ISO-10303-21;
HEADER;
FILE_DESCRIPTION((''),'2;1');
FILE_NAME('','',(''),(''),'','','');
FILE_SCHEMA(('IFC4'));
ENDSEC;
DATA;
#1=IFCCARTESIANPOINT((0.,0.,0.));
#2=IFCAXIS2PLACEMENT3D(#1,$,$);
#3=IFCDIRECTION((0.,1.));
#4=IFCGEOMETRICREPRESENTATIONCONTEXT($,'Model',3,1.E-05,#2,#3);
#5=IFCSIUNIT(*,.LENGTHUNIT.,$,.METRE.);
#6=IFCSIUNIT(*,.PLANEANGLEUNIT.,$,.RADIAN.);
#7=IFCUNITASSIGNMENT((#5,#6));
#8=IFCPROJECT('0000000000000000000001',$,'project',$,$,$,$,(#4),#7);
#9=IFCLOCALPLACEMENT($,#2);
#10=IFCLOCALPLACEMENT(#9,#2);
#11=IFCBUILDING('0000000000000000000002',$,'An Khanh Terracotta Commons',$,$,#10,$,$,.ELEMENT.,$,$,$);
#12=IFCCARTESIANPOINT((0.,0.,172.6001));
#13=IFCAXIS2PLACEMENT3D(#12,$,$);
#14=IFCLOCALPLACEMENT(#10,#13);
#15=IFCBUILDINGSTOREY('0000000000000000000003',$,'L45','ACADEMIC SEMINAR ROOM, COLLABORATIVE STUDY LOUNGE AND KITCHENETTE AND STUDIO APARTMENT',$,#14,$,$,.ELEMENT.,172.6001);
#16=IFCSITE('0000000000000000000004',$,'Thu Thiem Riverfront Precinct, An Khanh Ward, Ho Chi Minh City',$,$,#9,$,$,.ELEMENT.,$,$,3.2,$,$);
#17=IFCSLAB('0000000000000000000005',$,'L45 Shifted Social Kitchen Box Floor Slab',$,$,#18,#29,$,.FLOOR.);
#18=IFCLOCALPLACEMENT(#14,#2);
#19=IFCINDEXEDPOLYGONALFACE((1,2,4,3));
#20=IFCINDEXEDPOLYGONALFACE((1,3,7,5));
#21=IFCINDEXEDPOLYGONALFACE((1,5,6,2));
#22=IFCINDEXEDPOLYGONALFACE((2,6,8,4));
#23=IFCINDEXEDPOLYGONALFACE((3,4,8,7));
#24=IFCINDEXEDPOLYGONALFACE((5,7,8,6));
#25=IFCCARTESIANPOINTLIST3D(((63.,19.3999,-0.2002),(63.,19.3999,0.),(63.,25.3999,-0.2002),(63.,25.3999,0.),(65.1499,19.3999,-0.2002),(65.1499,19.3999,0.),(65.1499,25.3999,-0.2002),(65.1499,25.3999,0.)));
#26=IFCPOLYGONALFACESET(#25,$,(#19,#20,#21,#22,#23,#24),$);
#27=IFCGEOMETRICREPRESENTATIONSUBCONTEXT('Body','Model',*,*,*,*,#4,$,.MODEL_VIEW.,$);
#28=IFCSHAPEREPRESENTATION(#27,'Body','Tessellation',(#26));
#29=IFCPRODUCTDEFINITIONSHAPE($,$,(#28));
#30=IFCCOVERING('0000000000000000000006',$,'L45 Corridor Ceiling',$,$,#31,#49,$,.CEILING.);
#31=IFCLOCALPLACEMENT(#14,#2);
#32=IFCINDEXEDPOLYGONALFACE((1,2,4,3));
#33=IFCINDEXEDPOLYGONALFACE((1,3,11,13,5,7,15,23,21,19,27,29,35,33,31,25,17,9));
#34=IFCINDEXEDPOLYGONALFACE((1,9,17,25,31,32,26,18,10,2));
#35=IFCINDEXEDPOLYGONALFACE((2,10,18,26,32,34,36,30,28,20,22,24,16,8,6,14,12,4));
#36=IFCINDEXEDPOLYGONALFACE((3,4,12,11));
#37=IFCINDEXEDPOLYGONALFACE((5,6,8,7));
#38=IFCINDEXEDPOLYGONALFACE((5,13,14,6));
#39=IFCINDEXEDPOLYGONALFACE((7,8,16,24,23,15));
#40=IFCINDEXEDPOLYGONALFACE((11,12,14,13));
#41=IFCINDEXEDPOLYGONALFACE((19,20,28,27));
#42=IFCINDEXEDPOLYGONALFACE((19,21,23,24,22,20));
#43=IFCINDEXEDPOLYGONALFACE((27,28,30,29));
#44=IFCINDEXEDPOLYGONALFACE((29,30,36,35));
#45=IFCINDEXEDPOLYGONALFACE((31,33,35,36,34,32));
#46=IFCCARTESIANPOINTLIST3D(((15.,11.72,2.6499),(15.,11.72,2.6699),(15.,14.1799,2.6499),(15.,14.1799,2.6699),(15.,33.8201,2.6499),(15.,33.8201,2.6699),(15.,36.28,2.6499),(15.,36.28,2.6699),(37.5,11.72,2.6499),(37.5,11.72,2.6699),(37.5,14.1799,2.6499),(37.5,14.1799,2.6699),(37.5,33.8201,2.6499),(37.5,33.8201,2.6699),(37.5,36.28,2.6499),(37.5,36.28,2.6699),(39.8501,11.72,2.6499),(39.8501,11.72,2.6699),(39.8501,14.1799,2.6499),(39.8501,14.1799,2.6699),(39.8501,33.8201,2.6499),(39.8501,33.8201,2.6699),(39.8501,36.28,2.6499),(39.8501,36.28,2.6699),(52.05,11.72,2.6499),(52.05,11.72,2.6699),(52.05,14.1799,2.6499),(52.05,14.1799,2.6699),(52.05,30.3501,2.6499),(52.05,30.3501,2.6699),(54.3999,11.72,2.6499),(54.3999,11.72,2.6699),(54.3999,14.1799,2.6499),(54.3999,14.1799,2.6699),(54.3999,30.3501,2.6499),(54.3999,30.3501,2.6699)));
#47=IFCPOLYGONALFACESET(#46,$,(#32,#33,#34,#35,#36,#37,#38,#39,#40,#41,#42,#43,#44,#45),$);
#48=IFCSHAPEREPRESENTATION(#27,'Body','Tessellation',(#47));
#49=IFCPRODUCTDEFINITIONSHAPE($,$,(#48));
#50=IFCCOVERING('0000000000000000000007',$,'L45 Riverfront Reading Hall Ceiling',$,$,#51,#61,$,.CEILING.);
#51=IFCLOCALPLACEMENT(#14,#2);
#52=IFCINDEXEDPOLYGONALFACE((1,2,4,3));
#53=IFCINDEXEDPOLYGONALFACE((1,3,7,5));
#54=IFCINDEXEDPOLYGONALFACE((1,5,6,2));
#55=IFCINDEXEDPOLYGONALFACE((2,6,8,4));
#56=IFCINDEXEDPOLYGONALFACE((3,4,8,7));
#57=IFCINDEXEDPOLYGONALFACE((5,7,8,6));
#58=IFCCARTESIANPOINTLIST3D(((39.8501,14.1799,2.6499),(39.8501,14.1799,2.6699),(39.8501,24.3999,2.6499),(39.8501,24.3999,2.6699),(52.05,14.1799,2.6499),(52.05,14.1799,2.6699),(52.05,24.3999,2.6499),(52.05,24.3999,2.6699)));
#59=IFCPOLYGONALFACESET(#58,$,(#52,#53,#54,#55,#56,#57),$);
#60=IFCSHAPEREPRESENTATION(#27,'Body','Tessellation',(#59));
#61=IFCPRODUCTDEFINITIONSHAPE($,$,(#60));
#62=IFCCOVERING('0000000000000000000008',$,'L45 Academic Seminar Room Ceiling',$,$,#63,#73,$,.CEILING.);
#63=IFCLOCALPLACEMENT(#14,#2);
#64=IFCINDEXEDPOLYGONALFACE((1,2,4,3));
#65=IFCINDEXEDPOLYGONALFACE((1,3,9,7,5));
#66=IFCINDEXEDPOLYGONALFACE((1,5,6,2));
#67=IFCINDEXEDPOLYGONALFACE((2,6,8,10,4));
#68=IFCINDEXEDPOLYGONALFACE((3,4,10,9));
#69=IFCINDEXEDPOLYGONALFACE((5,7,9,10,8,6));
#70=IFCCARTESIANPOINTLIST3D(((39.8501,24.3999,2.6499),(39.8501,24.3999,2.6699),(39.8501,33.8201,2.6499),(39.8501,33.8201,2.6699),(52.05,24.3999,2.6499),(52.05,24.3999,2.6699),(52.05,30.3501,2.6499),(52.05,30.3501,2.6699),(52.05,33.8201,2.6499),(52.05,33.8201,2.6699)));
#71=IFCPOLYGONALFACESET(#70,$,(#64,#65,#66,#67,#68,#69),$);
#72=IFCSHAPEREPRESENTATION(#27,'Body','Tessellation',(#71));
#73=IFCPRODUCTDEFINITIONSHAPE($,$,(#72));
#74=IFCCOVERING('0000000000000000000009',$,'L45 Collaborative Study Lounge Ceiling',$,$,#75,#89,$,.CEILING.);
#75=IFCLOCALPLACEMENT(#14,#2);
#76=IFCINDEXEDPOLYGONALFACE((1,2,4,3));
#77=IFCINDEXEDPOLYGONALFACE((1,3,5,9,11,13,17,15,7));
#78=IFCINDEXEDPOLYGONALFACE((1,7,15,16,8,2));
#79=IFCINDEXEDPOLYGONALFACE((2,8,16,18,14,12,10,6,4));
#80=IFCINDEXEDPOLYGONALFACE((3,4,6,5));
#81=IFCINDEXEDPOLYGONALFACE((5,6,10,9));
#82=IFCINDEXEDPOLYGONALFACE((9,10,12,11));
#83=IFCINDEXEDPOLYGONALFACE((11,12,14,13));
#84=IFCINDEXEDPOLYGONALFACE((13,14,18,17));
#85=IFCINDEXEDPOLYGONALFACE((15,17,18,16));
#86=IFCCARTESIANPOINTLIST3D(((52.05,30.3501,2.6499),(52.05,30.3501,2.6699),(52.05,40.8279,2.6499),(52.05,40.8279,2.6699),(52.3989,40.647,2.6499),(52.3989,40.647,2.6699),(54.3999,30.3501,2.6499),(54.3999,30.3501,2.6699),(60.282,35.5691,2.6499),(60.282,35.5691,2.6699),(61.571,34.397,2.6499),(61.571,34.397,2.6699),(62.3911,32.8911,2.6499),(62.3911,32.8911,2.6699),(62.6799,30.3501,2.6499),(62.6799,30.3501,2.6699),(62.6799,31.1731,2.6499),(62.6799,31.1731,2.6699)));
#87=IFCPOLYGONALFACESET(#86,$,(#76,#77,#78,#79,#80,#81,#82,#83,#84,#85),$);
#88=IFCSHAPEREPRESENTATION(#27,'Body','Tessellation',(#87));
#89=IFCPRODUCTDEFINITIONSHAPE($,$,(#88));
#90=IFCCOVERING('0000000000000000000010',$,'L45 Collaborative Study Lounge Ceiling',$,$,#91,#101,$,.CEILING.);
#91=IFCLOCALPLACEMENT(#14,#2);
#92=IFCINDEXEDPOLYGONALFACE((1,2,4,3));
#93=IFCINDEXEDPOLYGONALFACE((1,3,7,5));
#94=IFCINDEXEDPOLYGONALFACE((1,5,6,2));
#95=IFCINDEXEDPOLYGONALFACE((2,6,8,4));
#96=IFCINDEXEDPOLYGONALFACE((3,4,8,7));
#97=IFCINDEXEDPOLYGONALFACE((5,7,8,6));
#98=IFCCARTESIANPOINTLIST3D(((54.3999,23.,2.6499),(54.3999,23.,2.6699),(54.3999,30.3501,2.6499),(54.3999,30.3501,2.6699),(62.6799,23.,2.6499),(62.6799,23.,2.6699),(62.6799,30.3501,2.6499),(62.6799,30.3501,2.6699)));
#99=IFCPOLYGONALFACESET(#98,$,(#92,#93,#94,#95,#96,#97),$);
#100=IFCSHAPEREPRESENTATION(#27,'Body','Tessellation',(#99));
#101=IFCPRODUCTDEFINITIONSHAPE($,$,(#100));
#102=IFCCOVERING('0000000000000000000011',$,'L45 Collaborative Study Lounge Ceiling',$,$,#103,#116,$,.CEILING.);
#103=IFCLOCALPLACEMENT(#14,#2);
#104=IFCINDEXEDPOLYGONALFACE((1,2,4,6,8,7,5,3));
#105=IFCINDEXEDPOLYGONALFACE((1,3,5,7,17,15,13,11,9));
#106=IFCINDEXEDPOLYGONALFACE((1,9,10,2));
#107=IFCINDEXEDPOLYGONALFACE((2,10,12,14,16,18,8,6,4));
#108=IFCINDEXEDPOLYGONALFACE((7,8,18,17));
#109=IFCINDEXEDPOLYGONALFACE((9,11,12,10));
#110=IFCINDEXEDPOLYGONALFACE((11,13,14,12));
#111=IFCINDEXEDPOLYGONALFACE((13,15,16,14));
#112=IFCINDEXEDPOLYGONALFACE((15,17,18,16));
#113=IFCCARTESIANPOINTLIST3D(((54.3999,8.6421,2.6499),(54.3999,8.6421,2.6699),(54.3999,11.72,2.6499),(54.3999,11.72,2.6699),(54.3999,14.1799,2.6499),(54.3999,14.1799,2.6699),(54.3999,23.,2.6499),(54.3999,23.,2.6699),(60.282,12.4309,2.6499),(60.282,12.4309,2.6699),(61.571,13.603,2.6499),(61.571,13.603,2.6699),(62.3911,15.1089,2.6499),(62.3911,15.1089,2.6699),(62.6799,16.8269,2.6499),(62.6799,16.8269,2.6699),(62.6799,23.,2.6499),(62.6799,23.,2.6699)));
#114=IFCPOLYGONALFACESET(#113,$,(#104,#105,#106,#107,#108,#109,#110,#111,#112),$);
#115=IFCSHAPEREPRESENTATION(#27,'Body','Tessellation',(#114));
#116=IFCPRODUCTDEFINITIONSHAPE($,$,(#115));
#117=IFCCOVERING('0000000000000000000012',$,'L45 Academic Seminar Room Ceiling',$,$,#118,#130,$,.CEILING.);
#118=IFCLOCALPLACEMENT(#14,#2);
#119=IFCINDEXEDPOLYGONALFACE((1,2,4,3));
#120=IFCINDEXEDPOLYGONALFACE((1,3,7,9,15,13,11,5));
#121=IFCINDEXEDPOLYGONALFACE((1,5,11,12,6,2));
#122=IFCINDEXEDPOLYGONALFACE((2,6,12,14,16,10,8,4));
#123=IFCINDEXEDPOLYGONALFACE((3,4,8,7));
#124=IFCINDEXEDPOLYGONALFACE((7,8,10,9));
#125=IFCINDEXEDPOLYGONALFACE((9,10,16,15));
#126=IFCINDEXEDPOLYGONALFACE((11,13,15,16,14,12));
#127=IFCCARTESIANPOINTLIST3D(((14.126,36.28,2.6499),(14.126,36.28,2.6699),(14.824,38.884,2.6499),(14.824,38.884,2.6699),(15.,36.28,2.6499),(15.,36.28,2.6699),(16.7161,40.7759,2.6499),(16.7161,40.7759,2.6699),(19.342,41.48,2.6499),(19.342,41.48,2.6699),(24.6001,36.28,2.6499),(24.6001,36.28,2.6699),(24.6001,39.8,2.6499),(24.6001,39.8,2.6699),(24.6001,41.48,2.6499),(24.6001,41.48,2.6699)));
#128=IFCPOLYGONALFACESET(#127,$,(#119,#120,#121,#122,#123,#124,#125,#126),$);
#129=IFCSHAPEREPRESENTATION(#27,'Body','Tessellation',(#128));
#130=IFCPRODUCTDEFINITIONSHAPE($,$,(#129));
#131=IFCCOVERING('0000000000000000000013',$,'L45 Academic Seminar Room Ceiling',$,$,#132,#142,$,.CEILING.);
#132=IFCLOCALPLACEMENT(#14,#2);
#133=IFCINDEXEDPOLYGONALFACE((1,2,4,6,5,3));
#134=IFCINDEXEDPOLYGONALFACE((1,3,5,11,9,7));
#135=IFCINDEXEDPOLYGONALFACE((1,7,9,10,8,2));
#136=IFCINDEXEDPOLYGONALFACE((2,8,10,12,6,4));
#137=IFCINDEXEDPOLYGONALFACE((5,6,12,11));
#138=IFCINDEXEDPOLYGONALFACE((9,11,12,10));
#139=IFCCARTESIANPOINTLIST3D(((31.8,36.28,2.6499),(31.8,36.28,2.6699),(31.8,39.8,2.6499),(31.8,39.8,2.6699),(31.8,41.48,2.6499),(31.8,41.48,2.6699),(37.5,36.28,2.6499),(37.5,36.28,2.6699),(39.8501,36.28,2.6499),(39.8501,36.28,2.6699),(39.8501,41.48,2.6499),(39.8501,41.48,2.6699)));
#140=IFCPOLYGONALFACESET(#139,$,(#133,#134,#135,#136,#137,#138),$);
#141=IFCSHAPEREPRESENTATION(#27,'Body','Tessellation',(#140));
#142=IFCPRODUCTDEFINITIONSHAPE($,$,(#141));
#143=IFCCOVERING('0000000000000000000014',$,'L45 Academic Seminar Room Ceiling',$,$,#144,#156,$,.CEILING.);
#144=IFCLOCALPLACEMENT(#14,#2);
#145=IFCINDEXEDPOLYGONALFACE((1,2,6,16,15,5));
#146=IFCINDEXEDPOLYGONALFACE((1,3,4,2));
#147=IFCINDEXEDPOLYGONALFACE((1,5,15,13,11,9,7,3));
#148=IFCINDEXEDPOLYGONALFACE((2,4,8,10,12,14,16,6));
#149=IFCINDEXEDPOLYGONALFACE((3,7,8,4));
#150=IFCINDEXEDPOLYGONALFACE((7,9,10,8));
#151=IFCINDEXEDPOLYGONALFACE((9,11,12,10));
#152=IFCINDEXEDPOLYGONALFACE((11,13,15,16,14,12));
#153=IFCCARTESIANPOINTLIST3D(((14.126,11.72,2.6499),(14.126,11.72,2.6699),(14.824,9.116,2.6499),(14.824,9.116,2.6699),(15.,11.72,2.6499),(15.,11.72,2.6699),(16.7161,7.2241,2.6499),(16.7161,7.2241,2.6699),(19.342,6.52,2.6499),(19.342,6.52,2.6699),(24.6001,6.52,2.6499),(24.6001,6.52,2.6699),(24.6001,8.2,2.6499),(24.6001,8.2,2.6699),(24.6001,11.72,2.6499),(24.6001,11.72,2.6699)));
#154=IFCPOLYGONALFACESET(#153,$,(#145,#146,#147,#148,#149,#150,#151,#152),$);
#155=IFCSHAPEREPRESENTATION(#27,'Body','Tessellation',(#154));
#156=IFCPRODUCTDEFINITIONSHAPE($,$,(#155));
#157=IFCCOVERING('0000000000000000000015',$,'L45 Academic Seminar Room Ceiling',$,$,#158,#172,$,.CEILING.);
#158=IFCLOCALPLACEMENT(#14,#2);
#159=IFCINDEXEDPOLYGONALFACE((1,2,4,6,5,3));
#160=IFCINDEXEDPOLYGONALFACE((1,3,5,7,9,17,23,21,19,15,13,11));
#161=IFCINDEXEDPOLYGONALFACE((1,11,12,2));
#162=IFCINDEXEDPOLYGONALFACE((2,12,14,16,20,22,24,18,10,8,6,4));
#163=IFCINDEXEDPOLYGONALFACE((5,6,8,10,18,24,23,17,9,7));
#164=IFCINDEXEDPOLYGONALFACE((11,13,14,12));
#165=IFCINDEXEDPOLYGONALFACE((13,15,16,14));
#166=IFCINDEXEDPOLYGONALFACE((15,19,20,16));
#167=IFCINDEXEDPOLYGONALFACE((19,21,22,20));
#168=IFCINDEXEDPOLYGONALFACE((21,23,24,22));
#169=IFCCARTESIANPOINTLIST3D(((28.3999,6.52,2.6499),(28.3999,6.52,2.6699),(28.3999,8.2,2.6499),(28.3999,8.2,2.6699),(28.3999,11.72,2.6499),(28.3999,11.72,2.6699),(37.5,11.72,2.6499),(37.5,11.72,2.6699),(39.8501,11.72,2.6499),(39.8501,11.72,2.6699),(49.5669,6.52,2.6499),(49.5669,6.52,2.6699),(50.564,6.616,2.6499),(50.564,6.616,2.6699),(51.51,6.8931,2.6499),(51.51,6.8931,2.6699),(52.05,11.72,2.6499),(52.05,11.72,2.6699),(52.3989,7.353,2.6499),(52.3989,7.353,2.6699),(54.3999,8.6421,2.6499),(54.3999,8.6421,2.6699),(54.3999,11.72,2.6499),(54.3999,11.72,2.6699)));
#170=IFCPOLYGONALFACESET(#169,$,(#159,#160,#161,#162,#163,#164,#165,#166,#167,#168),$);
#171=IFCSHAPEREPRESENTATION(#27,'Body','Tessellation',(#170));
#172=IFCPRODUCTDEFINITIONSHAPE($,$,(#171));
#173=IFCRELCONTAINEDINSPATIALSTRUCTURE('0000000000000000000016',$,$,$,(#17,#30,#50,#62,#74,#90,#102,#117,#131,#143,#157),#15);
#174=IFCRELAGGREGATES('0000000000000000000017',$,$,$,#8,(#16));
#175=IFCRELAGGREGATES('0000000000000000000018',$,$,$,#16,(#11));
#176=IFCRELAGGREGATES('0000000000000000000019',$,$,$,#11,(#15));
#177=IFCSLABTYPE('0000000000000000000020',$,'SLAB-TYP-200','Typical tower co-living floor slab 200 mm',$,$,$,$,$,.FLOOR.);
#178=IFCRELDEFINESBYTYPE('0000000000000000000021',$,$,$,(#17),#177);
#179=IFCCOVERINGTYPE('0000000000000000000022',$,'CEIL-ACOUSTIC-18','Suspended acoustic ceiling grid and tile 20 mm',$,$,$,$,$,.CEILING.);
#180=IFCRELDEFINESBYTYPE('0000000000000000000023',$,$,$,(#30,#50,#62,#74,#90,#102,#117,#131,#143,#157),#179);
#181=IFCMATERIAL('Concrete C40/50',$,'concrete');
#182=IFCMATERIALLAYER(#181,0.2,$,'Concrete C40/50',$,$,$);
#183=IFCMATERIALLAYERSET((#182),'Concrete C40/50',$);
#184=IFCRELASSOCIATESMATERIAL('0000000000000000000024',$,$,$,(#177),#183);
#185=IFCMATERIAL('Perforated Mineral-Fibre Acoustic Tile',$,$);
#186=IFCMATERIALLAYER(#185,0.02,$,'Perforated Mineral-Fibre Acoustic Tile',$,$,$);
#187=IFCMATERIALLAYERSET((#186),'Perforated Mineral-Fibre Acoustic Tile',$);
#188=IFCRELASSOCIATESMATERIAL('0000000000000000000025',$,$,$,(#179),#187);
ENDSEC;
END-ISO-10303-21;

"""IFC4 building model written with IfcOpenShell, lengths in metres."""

from ifc_helpers import new_model, si_unit, direction, frame, origin, place, context, subcontext, project, spatial, polyline, outline, extrude, material, layer, layer_set, type_object, element, save


model = new_model("IFC4")

# Units and contexts
model_context = context("Model", 3, precision=1e-05, world=origin(), true_north=direction((0.0, 1.0)))
body_context = subcontext(model_context, "Body", "Model", "MODEL_VIEW")
ifc_project = project(units=[si_unit("LENGTHUNIT", "METRE"), si_unit("PLANEANGLEUNIT", "RADIAN")], contexts=[model_context])

# Site, building, storey
site_placement = place(None, origin())
site = spatial("IfcSite", under=ifc_project, at=site_placement, Name="Thu Thiem Riverfront Precinct, An Khanh Ward, Ho Chi Minh City", CompositionType="ELEMENT", RefElevation=3.2)
building_placement = place(site_placement, origin())
building = spatial("IfcBuilding", under=site, at=building_placement, Name="An Khanh Terracotta Commons", CompositionType="ELEMENT")
storey_placement = place(building_placement, frame((0.0, 0.0, 172.6001)))
storey = spatial("IfcBuildingStorey", under=building, at=storey_placement, Name="L45", Description="ACADEMIC SEMINAR ROOM, COLLABORATIVE STUDY LOUNGE AND KITCHENETTE AND STUDIO APARTMENT", CompositionType="ELEMENT", Elevation=172.6001)

# Shared definitions
ifc_material_1 = material(Name="Concrete C40/50", Category="concrete")

# Slab
ifc_layer_1 = layer(ifc_material_1, 0.2, Name="Concrete C40/50")
ifc_layer_set_1 = layer_set([ifc_layer_1], Name="Concrete C40/50")
slab_type_1 = type_object("IfcSlabType", Name="SLAB-TYP-200", Description="Typical tower co-living floor slab 200 mm", PredefinedType="FLOOR", material=ifc_layer_set_1)
slab_1_placement = place(storey_placement, frame((0.0, 0.0, -0.2002)))
element("IfcSlab", 1, at=slab_1_placement, inside=storey, type_object=slab_type_1, Name="L45 Shifted Social Kitchen Box Floor Slab", PredefinedType="FLOOR", context=body_context, shape_type="SweptSolid", body=[
    extrude(outline(polyline([(63.0, 19.3999), (65.1499, 19.3999), (65.1499, 25.3999), (63.0, 25.3999), (63.0, 19.3999)])), origin(), (0.0, 0.0, 1.0), 0.2002),
])

# Coverings
ifc_material_2 = material(Name="Perforated Mineral-Fibre Acoustic Tile")
ifc_layer_2 = layer(ifc_material_2, 0.02, Name="Perforated Mineral-Fibre Acoustic Tile")
ifc_layer_set_2 = layer_set([ifc_layer_2], Name="Perforated Mineral-Fibre Acoustic Tile")
covering_type = type_object("IfcCoveringType", Name="CEIL-ACOUSTIC-18", Description="Suspended acoustic ceiling grid and tile 20 mm", PredefinedType="CEILING", material=ifc_layer_set_2)
covering_1_placement = place(storey_placement, frame((0.0, 0.0, 2.6499)))
element("IfcCovering", 2, at=covering_1_placement, inside=storey, type_object=covering_type, Name="L45 Corridor Ceiling", PredefinedType="CEILING", context=body_context, shape_type="SweptSolid", body=[
    extrude(outline(polyline([(52.05, 30.3501), (54.3999, 30.3501), (54.3999, 14.1799), (54.3999, 11.72), (52.05, 11.72), (39.8501, 11.72), (37.5, 11.72), (15.0, 11.72), (15.0, 14.1799), (37.5, 14.1799), (37.5, 33.8201), (15.0, 33.8201), (15.0, 36.28), (37.5, 36.28), (39.8501, 36.28), (39.8501, 33.8201), (39.8501, 14.1799), (52.05, 14.1799), (52.05, 30.3501)])), origin(), (0.0, 0.0, 1.0), 0.02),
])
covering_2_placement = place(storey_placement, frame((0.0, 0.0, 2.6499)))
element("IfcCovering", 3, at=covering_2_placement, inside=storey, type_object=covering_type, Name="L45 Riverfront Reading Hall Ceiling", PredefinedType="CEILING", context=body_context, shape_type="SweptSolid", body=[
    extrude(outline(polyline([(39.8501, 24.3999), (52.05, 24.3999), (52.05, 14.1799), (39.8501, 14.1799), (39.8501, 24.3999)])), origin(), (0.0, 0.0, 1.0), 0.02),
])
covering_3_placement = place(storey_placement, frame((0.0, 0.0, 2.6499)))
element("IfcCovering", 4, at=covering_3_placement, inside=storey, type_object=covering_type, Name="L45 Academic Seminar Room Ceiling", PredefinedType="CEILING", context=body_context, shape_type="SweptSolid", body=[
    extrude(outline(polyline([(39.8501, 33.8201), (52.05, 33.8201), (52.05, 30.3501), (52.05, 24.3999), (39.8501, 24.3999), (39.8501, 33.8201)])), origin(), (0.0, 0.0, 1.0), 0.02),
])
covering_4_placement = place(storey_placement, frame((0.0, 0.0, 2.6499)))
element("IfcCovering", 5, at=covering_4_placement, inside=storey, type_object=covering_type, Name="L45 Collaborative Study Lounge Ceiling", PredefinedType="CEILING", context=body_context, shape_type="SweptSolid", body=[
    extrude(outline(polyline([(52.3989, 40.647), (60.282, 35.5691), (61.571, 34.397), (62.3911, 32.8911), (62.6799, 31.1731), (62.6799, 30.3501), (54.3999, 30.3501), (52.05, 30.3501), (52.05, 40.8279), (52.3989, 40.647)])), origin(), (0.0, 0.0, 1.0), 0.02),
])
covering_5_placement = place(storey_placement, frame((0.0, 0.0, 2.6499)))
element("IfcCovering", 6, at=covering_5_placement, inside=storey, type_object=covering_type, Name="L45 Collaborative Study Lounge Ceiling", PredefinedType="CEILING", context=body_context, shape_type="SweptSolid", body=[
    extrude(outline(polyline([(62.6799, 23.0), (54.3999, 23.0), (54.3999, 30.3501), (62.6799, 30.3501), (62.6799, 23.0)])), origin(), (0.0, 0.0, 1.0), 0.02),
])
covering_6_placement = place(storey_placement, frame((0.0, 0.0, 2.6499)))
element("IfcCovering", 7, at=covering_6_placement, inside=storey, type_object=covering_type, Name="L45 Collaborative Study Lounge Ceiling", PredefinedType="CEILING", context=body_context, shape_type="SweptSolid", body=[
    extrude(outline(polyline([(62.6799, 16.8269), (62.3911, 15.1089), (61.571, 13.603), (60.282, 12.4309), (54.3999, 8.6421), (54.3999, 11.72), (54.3999, 14.1799), (54.3999, 23.0), (62.6799, 23.0), (62.6799, 16.8269)])), origin(), (0.0, 0.0, 1.0), 0.02),
])
covering_7_placement = place(storey_placement, frame((0.0, 0.0, 2.6499)))
element("IfcCovering", 8, at=covering_7_placement, inside=storey, type_object=covering_type, Name="L45 Academic Seminar Room Ceiling", PredefinedType="CEILING", context=body_context, shape_type="SweptSolid", body=[
    extrude(outline(polyline([(24.6001, 41.48), (24.6001, 39.8), (24.6001, 36.28), (15.0, 36.28), (14.126, 36.28), (14.824, 38.884), (16.7161, 40.7759), (19.342, 41.48), (24.6001, 41.48)])), origin(), (0.0, 0.0, 1.0), 0.02),
])
covering_8_placement = place(storey_placement, frame((0.0, 0.0, 2.6499)))
element("IfcCovering", 9, at=covering_8_placement, inside=storey, type_object=covering_type, Name="L45 Academic Seminar Room Ceiling", PredefinedType="CEILING", context=body_context, shape_type="SweptSolid", body=[
    extrude(outline(polyline([(39.8501, 41.48), (39.8501, 36.28), (37.5, 36.28), (31.8, 36.28), (31.8, 39.8), (31.8, 41.48), (39.8501, 41.48)])), origin(), (0.0, 0.0, 1.0), 0.02),
])
covering_9_placement = place(storey_placement, frame((0.0, 0.0, 2.6499)))
element("IfcCovering", 10, at=covering_9_placement, inside=storey, type_object=covering_type, Name="L45 Academic Seminar Room Ceiling", PredefinedType="CEILING", context=body_context, shape_type="SweptSolid", body=[
    extrude(outline(polyline([(19.342, 6.52), (16.7161, 7.2241), (14.824, 9.116), (14.126, 11.72), (15.0, 11.72), (24.6001, 11.72), (24.6001, 8.2), (24.6001, 6.52), (19.342, 6.52)])), origin(), (0.0, 0.0, 1.0), 0.02),
])
covering_10_placement = place(storey_placement, frame((0.0, 0.0, 2.6499)))
element("IfcCovering", 11, at=covering_10_placement, inside=storey, type_object=covering_type, Name="L45 Academic Seminar Room Ceiling", PredefinedType="CEILING", context=body_context, shape_type="SweptSolid", body=[
    extrude(outline(polyline([(52.3989, 7.353), (51.51, 6.8931), (50.564, 6.616), (49.5669, 6.52), (28.3999, 6.52), (28.3999, 8.2), (28.3999, 11.72), (37.5, 11.72), (39.8501, 11.72), (52.05, 11.72), (54.3999, 11.72), (54.3999, 8.6421), (52.3989, 7.353)])), origin(), (0.0, 0.0, 1.0), 0.02),
])

save(model, "model.ifc")
